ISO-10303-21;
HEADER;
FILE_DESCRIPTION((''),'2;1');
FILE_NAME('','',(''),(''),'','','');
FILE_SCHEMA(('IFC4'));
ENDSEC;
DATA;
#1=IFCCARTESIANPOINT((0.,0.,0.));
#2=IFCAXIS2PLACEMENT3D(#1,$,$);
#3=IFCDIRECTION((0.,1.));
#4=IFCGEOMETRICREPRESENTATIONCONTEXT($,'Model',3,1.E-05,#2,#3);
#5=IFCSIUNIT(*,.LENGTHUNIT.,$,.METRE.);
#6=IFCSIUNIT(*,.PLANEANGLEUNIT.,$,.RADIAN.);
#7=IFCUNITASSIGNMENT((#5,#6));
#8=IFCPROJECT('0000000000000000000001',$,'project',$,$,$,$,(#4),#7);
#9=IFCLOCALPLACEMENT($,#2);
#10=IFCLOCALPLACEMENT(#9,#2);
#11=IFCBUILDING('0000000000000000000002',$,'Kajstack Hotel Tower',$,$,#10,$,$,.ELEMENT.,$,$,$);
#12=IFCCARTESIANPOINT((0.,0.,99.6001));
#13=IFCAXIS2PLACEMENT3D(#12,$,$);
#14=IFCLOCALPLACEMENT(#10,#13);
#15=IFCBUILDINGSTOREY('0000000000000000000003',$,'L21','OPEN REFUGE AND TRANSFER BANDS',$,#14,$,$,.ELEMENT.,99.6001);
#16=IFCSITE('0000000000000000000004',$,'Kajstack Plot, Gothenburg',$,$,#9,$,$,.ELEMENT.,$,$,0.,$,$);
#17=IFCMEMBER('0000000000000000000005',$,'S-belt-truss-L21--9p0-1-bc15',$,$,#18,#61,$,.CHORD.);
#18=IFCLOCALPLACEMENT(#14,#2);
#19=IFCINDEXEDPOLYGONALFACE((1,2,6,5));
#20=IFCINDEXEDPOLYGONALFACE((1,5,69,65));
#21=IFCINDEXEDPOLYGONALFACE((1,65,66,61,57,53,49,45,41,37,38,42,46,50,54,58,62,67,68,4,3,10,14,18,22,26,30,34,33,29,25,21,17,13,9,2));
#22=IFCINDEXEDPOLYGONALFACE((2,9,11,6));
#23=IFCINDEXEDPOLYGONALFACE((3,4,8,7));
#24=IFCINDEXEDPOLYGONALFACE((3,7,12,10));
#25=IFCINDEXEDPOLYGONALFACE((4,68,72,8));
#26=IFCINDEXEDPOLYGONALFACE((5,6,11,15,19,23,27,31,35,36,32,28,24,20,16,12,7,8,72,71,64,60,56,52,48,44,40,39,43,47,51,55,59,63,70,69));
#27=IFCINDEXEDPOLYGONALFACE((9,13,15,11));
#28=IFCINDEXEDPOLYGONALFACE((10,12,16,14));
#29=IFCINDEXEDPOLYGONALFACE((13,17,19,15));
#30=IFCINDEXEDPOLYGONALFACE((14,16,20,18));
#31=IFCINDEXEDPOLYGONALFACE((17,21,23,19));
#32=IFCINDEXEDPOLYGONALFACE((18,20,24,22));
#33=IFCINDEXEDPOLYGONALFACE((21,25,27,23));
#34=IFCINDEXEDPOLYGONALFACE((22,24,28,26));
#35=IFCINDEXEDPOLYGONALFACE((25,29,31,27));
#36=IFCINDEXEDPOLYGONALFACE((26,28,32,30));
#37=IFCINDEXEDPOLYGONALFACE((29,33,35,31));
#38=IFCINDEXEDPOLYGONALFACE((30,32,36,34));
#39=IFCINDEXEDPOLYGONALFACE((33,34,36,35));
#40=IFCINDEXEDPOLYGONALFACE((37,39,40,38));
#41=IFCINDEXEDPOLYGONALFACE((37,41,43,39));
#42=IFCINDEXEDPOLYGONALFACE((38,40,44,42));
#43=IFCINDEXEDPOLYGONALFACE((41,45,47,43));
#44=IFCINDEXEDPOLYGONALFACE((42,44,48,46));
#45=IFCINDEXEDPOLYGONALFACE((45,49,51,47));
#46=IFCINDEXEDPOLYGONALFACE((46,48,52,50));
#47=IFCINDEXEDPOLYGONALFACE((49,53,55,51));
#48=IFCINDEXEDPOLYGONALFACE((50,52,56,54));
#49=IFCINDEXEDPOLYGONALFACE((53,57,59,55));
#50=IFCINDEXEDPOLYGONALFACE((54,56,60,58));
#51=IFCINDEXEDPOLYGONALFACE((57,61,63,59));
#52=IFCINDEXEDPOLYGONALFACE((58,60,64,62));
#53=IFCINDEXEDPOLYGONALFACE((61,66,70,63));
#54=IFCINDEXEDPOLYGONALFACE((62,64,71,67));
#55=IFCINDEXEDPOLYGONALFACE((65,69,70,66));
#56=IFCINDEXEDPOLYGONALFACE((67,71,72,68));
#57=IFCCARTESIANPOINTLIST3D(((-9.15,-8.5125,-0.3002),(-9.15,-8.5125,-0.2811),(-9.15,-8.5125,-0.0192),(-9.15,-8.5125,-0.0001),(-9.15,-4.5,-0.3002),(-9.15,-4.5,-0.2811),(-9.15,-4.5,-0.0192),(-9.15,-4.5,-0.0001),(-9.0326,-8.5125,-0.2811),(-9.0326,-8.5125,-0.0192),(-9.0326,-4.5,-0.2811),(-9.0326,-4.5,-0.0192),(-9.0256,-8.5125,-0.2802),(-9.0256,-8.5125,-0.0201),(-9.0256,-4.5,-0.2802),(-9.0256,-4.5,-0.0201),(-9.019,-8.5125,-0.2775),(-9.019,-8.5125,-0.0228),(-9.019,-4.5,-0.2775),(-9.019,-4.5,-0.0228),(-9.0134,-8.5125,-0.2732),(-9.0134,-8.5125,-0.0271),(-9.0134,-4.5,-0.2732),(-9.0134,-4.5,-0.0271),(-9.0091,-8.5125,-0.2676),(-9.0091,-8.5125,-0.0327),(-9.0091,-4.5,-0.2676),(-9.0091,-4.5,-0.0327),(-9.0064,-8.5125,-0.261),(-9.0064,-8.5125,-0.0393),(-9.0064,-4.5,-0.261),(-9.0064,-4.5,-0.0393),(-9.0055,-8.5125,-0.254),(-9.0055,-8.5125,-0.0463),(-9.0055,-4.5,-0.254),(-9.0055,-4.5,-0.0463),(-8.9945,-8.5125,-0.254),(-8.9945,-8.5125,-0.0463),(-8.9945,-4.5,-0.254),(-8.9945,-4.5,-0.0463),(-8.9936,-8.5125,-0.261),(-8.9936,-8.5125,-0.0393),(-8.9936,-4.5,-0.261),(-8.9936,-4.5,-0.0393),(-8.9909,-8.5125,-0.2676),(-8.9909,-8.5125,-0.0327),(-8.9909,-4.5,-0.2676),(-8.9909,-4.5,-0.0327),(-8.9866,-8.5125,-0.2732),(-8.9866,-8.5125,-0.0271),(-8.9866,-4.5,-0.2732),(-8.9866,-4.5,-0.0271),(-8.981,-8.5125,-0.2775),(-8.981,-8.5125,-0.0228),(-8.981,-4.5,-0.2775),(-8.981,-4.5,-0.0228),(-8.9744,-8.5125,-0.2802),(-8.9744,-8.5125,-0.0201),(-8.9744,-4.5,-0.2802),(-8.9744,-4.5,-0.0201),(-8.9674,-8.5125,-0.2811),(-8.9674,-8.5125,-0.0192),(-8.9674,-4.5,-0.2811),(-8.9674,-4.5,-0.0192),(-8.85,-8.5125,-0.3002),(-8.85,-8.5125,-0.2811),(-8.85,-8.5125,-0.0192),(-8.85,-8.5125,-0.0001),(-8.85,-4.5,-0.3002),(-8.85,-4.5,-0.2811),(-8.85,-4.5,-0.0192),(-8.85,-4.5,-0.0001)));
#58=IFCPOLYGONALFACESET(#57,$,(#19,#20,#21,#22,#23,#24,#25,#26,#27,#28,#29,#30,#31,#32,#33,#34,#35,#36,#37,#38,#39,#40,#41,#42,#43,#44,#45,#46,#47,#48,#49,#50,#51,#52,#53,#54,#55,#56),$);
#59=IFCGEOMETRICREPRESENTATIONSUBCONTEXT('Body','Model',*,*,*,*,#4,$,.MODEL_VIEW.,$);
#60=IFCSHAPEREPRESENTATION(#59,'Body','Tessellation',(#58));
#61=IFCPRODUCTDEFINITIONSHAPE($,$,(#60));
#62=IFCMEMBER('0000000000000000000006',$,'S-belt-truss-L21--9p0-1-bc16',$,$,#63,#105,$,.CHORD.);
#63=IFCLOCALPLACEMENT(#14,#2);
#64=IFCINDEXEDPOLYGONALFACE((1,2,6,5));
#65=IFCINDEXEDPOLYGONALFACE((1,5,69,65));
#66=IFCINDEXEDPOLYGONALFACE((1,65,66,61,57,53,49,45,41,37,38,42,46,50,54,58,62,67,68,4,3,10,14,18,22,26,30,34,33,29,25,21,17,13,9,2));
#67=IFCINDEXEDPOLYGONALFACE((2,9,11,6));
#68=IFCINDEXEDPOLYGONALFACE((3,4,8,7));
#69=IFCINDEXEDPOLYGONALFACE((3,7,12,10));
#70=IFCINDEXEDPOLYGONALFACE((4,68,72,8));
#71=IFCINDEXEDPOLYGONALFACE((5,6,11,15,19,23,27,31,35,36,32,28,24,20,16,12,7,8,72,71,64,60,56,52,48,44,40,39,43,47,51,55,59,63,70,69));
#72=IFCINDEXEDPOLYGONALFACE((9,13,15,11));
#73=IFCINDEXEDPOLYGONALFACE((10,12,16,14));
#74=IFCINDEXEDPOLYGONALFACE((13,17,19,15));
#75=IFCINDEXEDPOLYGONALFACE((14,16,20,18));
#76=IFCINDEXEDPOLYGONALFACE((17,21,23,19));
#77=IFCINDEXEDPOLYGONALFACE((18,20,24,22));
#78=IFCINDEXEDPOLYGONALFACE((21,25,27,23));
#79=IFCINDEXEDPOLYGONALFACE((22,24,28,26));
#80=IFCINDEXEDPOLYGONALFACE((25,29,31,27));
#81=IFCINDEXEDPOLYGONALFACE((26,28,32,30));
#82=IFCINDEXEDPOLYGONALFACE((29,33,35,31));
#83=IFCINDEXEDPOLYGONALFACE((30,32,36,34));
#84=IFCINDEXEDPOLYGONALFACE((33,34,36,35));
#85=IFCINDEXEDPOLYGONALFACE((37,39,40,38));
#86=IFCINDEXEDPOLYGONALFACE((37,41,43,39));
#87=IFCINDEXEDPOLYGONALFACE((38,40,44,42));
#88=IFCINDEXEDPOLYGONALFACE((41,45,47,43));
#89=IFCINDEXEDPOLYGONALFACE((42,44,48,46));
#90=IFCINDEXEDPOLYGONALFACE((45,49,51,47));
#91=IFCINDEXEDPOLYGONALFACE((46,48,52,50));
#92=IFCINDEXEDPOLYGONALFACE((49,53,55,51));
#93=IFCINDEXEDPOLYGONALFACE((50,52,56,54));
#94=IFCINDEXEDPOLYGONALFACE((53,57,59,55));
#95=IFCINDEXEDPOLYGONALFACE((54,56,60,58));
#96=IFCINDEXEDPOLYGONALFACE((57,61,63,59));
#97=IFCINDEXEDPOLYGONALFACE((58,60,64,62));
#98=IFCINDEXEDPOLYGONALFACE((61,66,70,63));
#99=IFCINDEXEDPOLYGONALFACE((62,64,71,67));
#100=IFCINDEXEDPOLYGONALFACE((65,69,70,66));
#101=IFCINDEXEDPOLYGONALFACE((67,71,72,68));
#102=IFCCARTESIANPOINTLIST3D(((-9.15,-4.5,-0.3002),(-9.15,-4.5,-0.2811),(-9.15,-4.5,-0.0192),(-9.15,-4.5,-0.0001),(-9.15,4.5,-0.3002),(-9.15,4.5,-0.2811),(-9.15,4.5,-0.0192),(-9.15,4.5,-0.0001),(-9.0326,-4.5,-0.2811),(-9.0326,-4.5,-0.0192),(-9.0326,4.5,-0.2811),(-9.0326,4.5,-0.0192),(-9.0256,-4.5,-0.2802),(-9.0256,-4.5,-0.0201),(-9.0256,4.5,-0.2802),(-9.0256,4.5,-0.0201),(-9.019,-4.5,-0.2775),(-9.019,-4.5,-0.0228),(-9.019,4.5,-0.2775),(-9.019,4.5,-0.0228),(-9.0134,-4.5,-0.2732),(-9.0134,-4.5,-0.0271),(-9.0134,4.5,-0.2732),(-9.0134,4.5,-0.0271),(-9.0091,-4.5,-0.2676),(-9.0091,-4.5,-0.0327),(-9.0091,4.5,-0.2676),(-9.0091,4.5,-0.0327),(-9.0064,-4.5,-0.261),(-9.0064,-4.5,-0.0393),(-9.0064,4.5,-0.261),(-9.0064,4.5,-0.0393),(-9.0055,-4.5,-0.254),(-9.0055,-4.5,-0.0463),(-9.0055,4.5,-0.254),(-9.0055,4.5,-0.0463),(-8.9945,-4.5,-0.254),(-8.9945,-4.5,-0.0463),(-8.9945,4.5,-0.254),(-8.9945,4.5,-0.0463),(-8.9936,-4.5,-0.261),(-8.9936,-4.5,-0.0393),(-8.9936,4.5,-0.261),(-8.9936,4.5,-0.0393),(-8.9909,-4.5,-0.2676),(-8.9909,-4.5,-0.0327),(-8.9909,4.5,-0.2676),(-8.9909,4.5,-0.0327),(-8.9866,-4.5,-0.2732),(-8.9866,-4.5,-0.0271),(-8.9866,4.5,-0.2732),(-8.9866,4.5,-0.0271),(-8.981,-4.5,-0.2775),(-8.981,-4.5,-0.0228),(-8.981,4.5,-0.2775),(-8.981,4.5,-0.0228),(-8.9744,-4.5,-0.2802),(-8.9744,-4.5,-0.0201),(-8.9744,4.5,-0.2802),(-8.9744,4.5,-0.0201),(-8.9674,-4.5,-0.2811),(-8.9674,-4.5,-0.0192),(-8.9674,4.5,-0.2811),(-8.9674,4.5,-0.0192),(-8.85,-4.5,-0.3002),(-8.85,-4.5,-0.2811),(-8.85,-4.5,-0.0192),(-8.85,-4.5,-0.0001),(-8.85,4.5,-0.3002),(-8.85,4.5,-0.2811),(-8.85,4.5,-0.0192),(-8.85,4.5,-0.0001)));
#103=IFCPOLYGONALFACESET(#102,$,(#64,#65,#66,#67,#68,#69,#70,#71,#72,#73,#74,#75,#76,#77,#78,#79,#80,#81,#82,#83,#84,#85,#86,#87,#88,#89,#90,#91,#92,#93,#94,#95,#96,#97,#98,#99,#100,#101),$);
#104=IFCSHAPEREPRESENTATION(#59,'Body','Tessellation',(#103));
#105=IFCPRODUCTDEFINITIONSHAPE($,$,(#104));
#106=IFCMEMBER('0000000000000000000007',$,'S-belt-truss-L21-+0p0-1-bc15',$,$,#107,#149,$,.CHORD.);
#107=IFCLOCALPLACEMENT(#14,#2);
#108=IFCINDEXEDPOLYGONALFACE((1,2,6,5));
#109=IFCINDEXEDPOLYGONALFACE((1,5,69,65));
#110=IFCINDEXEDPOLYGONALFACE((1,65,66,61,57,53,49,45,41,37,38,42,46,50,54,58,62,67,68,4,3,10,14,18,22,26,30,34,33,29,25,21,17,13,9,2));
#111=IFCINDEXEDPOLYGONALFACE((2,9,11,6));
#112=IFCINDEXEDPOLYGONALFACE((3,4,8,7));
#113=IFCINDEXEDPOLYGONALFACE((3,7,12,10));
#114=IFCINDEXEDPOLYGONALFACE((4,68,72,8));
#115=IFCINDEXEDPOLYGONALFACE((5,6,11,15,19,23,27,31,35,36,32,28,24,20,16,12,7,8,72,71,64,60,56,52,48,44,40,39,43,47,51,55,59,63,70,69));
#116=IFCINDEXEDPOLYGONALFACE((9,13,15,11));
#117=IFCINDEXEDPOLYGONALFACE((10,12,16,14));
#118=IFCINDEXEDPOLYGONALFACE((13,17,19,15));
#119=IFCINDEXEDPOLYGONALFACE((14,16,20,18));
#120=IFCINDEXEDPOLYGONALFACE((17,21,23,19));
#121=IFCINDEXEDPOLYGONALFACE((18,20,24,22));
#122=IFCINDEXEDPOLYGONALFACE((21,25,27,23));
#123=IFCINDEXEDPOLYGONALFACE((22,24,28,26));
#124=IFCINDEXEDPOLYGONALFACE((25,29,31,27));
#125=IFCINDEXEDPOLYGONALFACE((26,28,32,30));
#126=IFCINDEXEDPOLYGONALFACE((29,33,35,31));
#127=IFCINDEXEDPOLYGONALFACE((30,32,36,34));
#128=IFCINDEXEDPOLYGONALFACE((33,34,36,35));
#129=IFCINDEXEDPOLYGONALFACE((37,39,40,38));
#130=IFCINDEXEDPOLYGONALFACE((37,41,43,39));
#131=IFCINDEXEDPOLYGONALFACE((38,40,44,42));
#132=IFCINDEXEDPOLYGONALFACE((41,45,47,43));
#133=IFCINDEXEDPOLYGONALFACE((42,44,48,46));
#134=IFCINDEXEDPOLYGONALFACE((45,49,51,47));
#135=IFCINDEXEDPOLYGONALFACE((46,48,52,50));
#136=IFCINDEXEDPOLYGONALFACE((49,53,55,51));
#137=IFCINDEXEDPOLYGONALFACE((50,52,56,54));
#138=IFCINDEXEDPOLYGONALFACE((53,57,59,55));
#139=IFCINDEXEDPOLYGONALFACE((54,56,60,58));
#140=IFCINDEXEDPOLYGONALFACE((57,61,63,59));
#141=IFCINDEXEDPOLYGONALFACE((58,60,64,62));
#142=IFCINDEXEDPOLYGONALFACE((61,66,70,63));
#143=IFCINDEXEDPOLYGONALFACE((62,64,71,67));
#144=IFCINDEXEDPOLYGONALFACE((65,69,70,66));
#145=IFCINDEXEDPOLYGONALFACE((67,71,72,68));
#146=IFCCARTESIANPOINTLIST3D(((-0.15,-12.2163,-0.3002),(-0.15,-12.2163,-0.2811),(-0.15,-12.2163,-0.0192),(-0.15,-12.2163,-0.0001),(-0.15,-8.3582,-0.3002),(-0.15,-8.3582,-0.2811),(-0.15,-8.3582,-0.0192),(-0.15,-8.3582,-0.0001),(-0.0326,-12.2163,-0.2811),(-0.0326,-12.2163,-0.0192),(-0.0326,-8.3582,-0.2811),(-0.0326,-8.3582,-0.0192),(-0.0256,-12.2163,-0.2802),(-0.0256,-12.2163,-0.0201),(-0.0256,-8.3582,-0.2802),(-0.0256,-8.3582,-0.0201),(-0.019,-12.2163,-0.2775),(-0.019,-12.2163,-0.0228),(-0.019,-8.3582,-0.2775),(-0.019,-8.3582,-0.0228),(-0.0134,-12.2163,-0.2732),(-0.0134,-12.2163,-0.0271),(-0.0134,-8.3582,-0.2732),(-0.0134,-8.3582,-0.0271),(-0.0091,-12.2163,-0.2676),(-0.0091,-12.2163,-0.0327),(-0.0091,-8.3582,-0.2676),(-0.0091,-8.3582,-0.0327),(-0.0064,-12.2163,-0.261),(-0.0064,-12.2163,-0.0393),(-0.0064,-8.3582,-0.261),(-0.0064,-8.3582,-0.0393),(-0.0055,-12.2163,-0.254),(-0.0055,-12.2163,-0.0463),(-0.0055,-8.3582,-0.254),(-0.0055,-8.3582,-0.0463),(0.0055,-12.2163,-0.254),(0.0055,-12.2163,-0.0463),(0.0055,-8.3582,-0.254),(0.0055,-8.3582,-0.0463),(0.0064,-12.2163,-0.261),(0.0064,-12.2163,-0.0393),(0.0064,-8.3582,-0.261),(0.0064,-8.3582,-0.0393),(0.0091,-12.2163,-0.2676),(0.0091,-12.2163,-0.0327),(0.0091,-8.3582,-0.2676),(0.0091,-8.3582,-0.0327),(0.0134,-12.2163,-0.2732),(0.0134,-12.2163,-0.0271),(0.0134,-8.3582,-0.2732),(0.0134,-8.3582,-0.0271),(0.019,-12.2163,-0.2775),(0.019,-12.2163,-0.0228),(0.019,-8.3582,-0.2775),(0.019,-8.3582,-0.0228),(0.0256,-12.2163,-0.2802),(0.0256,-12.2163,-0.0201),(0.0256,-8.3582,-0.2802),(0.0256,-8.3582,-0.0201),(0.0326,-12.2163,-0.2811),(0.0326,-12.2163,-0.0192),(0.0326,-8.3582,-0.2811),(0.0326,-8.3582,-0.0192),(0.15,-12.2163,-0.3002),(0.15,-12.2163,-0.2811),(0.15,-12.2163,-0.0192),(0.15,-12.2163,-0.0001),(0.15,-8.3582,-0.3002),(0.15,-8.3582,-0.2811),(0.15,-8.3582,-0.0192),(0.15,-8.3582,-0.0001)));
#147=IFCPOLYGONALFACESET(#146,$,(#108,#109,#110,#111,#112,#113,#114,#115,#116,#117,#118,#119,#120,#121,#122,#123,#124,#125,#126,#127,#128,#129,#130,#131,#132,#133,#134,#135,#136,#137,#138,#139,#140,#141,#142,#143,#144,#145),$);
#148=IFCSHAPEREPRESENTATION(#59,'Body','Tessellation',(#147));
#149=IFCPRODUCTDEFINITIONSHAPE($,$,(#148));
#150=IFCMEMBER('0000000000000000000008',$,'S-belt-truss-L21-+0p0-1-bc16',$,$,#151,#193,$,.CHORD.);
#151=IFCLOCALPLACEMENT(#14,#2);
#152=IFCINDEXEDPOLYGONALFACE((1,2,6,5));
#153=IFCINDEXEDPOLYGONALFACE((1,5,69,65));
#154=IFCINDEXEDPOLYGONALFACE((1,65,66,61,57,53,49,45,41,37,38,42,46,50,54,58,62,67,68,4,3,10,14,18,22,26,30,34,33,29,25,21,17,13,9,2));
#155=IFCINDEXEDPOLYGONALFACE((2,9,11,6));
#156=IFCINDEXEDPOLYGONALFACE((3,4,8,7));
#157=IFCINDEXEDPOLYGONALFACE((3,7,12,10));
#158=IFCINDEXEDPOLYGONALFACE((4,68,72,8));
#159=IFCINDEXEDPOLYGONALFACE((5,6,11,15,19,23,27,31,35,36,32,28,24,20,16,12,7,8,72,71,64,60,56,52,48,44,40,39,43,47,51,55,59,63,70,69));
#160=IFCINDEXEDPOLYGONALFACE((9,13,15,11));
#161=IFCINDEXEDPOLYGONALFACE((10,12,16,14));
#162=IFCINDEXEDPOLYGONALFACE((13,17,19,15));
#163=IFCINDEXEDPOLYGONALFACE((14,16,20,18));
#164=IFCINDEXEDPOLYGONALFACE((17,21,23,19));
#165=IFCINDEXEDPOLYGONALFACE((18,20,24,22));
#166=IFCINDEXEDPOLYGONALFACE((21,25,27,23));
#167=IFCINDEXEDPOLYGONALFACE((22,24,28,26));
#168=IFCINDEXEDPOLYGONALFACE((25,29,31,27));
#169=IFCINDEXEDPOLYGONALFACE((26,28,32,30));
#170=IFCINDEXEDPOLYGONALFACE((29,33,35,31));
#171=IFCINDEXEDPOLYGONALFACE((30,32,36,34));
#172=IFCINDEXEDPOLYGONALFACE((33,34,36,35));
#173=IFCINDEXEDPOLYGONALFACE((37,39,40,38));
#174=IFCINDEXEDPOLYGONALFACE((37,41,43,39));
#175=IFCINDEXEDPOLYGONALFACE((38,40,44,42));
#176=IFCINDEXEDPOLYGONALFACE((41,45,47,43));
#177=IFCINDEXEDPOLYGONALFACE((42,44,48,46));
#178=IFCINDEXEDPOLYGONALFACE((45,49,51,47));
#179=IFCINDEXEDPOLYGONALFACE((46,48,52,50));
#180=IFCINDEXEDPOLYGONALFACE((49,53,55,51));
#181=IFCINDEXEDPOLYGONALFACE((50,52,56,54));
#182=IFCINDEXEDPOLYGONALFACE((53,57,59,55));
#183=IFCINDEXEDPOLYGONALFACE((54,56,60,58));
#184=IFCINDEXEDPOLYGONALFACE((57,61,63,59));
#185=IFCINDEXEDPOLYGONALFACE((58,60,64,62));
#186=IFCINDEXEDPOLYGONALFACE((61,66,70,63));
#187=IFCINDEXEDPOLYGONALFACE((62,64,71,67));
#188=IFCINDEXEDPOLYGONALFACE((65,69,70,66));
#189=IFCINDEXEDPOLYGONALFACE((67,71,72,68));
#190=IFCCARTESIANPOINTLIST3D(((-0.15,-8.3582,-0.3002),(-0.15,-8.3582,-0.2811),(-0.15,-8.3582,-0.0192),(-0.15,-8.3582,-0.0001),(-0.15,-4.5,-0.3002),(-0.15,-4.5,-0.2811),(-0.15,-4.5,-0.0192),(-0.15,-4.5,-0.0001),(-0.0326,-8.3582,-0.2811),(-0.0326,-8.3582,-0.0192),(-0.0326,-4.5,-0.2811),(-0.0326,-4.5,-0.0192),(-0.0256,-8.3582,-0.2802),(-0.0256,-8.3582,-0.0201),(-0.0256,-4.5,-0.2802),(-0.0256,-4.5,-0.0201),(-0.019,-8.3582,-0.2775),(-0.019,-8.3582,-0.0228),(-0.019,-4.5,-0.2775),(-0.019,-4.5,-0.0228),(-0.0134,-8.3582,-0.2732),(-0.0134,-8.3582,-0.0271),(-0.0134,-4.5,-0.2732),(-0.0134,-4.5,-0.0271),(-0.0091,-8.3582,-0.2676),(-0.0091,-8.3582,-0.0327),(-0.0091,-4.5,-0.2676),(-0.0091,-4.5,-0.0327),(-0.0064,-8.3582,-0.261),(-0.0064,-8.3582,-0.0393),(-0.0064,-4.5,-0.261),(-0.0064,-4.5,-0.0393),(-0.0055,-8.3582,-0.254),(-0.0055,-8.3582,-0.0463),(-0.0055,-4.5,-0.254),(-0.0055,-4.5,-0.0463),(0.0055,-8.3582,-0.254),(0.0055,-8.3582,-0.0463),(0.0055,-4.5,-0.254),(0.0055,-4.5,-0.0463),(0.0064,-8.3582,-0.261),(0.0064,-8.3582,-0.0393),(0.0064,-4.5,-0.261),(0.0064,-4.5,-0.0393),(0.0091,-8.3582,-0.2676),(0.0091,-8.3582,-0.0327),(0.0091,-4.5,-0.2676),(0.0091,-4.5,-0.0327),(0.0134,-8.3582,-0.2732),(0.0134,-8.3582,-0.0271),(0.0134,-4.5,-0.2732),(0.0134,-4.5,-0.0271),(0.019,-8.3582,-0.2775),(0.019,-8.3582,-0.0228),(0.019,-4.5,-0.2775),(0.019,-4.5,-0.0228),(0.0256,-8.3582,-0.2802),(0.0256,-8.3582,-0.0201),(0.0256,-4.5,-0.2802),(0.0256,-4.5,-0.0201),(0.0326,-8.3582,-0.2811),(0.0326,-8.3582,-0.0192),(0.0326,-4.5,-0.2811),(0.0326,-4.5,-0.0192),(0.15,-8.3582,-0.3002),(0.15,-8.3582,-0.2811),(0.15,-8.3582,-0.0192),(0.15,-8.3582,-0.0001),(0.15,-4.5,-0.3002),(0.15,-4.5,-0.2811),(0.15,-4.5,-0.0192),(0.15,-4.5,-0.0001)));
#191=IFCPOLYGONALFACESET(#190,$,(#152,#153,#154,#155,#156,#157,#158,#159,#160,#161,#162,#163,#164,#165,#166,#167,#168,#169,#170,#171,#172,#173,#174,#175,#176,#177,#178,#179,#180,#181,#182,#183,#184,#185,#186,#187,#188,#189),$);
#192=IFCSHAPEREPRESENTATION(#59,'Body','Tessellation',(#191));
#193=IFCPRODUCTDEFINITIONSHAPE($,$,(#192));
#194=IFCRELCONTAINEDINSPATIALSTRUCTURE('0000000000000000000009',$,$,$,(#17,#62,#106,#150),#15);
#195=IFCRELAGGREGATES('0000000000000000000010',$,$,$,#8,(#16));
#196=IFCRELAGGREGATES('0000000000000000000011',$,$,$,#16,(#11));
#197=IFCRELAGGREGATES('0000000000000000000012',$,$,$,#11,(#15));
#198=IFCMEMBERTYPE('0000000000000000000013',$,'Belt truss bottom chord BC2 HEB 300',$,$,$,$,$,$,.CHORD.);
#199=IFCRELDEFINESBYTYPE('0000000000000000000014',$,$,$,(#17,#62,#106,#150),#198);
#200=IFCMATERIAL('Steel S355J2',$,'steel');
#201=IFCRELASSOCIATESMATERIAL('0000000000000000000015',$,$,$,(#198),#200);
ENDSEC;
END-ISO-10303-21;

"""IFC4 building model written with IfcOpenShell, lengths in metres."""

from ifc_helpers import new_model, si_unit, direction, frame, origin, origin_2d, place, context, subcontext, project, spatial, i_section, extrude, material, material_profile, profile_set, type_object, element, save


model = new_model("IFC4")

# Units and contexts
model_context = context("Model", 3, precision=1e-05, world=origin(), true_north=direction((0.0, 1.0)))
body_context = subcontext(model_context, "Body", "Model", "MODEL_VIEW")
ifc_project = project(units=[si_unit("LENGTHUNIT", "METRE"), si_unit("PLANEANGLEUNIT", "RADIAN")], contexts=[model_context])

# Site, building, storey
site_placement = place(None, origin())
site = spatial("IfcSite", under=ifc_project, at=site_placement, Name="Kajstack Plot, Gothenburg", CompositionType="ELEMENT", RefElevation=0.0)
building_placement = place(site_placement, origin())
building = spatial("IfcBuilding", under=site, at=building_placement, Name="Kajstack Hotel Tower", CompositionType="ELEMENT")
storey_placement = place(building_placement, frame((0.0, 0.0, 99.6001)))
storey = spatial("IfcBuildingStorey", under=building, at=storey_placement, Name="L21", Description="OPEN REFUGE AND TRANSFER BANDS", CompositionType="ELEMENT", Elevation=99.6001)

# Members
ifc_material_1 = material(Name="Steel S355J2", Category="steel")
ifc_material_profile_1 = material_profile(ifc_material_1, i_section(OverallWidth=0.3, OverallDepth=0.3, WebThickness=0.011, FlangeThickness=0.019, FilletRadius=0.0271, at=origin_2d()), Name="HEB 300")
ifc_profile_set_1 = profile_set([ifc_material_profile_1], Name="Steel S355J2")
member_type_1 = type_object("IfcMemberType", Name="Belt truss bottom chord BC2 HEB 300", PredefinedType="CHORD", material=ifc_profile_set_1)
member_1_placement = place(storey_placement, frame((-9.0, -8.5125, -0.1501), z_axis=(0.0, 1.0, 0.0), x_axis=(-1.0, 0.0, 0.0)))
element("IfcMember", 1, at=member_1_placement, inside=storey, type_object=member_type_1, Name="S-belt-truss-L21--9p0-1-bc15", PredefinedType="CHORD", context=body_context, shape_type="SweptSolid", body=[
    extrude(i_section(OverallWidth=0.3, OverallDepth=0.3, WebThickness=0.011, FlangeThickness=0.019, FilletRadius=0.0271, at=origin_2d()), origin(), (0.0, 0.0, 1.0), 4.0125),
])
member_2_placement = place(storey_placement, frame((-9.0, -4.5, -0.1501), z_axis=(0.0, 1.0, 0.0), x_axis=(-1.0, 0.0, 0.0)))
element("IfcMember", 2, at=member_2_placement, inside=storey, type_object=member_type_1, Name="S-belt-truss-L21--9p0-1-bc16", PredefinedType="CHORD", context=body_context, shape_type="SweptSolid", body=[
    extrude(i_section(OverallWidth=0.3, OverallDepth=0.3, WebThickness=0.011, FlangeThickness=0.019, FilletRadius=0.0271, at=origin_2d()), origin(), (0.0, 0.0, 1.0), 9.0),
])
for number, where, z_axis, x_axis, name in (
    (3, (0.0, -12.2163, -0.1501), (0.0, 1.0, 0.0), (-1.0, 0.0, 0.0), "S-belt-truss-L21-+0p0-1-bc15"),
    (4, (0.0, -8.3582, -0.1501), (0.0, 1.0, 0.0), (-1.0, 0.0, 0.0), "S-belt-truss-L21-+0p0-1-bc16"),
):
    element("IfcMember", number, at=place(storey_placement, frame(where, z_axis=z_axis, x_axis=x_axis)), inside=storey, type_object=member_type_1, Name=name, PredefinedType="CHORD", context=body_context, shape_type="SweptSolid", body=[
        extrude(i_section(OverallWidth=0.3, OverallDepth=0.3, WebThickness=0.011, FlangeThickness=0.019, FilletRadius=0.0271, at=origin_2d()), origin(), (0.0, 0.0, 1.0), 3.8582),
    ])

save(model, "model.ifc")
